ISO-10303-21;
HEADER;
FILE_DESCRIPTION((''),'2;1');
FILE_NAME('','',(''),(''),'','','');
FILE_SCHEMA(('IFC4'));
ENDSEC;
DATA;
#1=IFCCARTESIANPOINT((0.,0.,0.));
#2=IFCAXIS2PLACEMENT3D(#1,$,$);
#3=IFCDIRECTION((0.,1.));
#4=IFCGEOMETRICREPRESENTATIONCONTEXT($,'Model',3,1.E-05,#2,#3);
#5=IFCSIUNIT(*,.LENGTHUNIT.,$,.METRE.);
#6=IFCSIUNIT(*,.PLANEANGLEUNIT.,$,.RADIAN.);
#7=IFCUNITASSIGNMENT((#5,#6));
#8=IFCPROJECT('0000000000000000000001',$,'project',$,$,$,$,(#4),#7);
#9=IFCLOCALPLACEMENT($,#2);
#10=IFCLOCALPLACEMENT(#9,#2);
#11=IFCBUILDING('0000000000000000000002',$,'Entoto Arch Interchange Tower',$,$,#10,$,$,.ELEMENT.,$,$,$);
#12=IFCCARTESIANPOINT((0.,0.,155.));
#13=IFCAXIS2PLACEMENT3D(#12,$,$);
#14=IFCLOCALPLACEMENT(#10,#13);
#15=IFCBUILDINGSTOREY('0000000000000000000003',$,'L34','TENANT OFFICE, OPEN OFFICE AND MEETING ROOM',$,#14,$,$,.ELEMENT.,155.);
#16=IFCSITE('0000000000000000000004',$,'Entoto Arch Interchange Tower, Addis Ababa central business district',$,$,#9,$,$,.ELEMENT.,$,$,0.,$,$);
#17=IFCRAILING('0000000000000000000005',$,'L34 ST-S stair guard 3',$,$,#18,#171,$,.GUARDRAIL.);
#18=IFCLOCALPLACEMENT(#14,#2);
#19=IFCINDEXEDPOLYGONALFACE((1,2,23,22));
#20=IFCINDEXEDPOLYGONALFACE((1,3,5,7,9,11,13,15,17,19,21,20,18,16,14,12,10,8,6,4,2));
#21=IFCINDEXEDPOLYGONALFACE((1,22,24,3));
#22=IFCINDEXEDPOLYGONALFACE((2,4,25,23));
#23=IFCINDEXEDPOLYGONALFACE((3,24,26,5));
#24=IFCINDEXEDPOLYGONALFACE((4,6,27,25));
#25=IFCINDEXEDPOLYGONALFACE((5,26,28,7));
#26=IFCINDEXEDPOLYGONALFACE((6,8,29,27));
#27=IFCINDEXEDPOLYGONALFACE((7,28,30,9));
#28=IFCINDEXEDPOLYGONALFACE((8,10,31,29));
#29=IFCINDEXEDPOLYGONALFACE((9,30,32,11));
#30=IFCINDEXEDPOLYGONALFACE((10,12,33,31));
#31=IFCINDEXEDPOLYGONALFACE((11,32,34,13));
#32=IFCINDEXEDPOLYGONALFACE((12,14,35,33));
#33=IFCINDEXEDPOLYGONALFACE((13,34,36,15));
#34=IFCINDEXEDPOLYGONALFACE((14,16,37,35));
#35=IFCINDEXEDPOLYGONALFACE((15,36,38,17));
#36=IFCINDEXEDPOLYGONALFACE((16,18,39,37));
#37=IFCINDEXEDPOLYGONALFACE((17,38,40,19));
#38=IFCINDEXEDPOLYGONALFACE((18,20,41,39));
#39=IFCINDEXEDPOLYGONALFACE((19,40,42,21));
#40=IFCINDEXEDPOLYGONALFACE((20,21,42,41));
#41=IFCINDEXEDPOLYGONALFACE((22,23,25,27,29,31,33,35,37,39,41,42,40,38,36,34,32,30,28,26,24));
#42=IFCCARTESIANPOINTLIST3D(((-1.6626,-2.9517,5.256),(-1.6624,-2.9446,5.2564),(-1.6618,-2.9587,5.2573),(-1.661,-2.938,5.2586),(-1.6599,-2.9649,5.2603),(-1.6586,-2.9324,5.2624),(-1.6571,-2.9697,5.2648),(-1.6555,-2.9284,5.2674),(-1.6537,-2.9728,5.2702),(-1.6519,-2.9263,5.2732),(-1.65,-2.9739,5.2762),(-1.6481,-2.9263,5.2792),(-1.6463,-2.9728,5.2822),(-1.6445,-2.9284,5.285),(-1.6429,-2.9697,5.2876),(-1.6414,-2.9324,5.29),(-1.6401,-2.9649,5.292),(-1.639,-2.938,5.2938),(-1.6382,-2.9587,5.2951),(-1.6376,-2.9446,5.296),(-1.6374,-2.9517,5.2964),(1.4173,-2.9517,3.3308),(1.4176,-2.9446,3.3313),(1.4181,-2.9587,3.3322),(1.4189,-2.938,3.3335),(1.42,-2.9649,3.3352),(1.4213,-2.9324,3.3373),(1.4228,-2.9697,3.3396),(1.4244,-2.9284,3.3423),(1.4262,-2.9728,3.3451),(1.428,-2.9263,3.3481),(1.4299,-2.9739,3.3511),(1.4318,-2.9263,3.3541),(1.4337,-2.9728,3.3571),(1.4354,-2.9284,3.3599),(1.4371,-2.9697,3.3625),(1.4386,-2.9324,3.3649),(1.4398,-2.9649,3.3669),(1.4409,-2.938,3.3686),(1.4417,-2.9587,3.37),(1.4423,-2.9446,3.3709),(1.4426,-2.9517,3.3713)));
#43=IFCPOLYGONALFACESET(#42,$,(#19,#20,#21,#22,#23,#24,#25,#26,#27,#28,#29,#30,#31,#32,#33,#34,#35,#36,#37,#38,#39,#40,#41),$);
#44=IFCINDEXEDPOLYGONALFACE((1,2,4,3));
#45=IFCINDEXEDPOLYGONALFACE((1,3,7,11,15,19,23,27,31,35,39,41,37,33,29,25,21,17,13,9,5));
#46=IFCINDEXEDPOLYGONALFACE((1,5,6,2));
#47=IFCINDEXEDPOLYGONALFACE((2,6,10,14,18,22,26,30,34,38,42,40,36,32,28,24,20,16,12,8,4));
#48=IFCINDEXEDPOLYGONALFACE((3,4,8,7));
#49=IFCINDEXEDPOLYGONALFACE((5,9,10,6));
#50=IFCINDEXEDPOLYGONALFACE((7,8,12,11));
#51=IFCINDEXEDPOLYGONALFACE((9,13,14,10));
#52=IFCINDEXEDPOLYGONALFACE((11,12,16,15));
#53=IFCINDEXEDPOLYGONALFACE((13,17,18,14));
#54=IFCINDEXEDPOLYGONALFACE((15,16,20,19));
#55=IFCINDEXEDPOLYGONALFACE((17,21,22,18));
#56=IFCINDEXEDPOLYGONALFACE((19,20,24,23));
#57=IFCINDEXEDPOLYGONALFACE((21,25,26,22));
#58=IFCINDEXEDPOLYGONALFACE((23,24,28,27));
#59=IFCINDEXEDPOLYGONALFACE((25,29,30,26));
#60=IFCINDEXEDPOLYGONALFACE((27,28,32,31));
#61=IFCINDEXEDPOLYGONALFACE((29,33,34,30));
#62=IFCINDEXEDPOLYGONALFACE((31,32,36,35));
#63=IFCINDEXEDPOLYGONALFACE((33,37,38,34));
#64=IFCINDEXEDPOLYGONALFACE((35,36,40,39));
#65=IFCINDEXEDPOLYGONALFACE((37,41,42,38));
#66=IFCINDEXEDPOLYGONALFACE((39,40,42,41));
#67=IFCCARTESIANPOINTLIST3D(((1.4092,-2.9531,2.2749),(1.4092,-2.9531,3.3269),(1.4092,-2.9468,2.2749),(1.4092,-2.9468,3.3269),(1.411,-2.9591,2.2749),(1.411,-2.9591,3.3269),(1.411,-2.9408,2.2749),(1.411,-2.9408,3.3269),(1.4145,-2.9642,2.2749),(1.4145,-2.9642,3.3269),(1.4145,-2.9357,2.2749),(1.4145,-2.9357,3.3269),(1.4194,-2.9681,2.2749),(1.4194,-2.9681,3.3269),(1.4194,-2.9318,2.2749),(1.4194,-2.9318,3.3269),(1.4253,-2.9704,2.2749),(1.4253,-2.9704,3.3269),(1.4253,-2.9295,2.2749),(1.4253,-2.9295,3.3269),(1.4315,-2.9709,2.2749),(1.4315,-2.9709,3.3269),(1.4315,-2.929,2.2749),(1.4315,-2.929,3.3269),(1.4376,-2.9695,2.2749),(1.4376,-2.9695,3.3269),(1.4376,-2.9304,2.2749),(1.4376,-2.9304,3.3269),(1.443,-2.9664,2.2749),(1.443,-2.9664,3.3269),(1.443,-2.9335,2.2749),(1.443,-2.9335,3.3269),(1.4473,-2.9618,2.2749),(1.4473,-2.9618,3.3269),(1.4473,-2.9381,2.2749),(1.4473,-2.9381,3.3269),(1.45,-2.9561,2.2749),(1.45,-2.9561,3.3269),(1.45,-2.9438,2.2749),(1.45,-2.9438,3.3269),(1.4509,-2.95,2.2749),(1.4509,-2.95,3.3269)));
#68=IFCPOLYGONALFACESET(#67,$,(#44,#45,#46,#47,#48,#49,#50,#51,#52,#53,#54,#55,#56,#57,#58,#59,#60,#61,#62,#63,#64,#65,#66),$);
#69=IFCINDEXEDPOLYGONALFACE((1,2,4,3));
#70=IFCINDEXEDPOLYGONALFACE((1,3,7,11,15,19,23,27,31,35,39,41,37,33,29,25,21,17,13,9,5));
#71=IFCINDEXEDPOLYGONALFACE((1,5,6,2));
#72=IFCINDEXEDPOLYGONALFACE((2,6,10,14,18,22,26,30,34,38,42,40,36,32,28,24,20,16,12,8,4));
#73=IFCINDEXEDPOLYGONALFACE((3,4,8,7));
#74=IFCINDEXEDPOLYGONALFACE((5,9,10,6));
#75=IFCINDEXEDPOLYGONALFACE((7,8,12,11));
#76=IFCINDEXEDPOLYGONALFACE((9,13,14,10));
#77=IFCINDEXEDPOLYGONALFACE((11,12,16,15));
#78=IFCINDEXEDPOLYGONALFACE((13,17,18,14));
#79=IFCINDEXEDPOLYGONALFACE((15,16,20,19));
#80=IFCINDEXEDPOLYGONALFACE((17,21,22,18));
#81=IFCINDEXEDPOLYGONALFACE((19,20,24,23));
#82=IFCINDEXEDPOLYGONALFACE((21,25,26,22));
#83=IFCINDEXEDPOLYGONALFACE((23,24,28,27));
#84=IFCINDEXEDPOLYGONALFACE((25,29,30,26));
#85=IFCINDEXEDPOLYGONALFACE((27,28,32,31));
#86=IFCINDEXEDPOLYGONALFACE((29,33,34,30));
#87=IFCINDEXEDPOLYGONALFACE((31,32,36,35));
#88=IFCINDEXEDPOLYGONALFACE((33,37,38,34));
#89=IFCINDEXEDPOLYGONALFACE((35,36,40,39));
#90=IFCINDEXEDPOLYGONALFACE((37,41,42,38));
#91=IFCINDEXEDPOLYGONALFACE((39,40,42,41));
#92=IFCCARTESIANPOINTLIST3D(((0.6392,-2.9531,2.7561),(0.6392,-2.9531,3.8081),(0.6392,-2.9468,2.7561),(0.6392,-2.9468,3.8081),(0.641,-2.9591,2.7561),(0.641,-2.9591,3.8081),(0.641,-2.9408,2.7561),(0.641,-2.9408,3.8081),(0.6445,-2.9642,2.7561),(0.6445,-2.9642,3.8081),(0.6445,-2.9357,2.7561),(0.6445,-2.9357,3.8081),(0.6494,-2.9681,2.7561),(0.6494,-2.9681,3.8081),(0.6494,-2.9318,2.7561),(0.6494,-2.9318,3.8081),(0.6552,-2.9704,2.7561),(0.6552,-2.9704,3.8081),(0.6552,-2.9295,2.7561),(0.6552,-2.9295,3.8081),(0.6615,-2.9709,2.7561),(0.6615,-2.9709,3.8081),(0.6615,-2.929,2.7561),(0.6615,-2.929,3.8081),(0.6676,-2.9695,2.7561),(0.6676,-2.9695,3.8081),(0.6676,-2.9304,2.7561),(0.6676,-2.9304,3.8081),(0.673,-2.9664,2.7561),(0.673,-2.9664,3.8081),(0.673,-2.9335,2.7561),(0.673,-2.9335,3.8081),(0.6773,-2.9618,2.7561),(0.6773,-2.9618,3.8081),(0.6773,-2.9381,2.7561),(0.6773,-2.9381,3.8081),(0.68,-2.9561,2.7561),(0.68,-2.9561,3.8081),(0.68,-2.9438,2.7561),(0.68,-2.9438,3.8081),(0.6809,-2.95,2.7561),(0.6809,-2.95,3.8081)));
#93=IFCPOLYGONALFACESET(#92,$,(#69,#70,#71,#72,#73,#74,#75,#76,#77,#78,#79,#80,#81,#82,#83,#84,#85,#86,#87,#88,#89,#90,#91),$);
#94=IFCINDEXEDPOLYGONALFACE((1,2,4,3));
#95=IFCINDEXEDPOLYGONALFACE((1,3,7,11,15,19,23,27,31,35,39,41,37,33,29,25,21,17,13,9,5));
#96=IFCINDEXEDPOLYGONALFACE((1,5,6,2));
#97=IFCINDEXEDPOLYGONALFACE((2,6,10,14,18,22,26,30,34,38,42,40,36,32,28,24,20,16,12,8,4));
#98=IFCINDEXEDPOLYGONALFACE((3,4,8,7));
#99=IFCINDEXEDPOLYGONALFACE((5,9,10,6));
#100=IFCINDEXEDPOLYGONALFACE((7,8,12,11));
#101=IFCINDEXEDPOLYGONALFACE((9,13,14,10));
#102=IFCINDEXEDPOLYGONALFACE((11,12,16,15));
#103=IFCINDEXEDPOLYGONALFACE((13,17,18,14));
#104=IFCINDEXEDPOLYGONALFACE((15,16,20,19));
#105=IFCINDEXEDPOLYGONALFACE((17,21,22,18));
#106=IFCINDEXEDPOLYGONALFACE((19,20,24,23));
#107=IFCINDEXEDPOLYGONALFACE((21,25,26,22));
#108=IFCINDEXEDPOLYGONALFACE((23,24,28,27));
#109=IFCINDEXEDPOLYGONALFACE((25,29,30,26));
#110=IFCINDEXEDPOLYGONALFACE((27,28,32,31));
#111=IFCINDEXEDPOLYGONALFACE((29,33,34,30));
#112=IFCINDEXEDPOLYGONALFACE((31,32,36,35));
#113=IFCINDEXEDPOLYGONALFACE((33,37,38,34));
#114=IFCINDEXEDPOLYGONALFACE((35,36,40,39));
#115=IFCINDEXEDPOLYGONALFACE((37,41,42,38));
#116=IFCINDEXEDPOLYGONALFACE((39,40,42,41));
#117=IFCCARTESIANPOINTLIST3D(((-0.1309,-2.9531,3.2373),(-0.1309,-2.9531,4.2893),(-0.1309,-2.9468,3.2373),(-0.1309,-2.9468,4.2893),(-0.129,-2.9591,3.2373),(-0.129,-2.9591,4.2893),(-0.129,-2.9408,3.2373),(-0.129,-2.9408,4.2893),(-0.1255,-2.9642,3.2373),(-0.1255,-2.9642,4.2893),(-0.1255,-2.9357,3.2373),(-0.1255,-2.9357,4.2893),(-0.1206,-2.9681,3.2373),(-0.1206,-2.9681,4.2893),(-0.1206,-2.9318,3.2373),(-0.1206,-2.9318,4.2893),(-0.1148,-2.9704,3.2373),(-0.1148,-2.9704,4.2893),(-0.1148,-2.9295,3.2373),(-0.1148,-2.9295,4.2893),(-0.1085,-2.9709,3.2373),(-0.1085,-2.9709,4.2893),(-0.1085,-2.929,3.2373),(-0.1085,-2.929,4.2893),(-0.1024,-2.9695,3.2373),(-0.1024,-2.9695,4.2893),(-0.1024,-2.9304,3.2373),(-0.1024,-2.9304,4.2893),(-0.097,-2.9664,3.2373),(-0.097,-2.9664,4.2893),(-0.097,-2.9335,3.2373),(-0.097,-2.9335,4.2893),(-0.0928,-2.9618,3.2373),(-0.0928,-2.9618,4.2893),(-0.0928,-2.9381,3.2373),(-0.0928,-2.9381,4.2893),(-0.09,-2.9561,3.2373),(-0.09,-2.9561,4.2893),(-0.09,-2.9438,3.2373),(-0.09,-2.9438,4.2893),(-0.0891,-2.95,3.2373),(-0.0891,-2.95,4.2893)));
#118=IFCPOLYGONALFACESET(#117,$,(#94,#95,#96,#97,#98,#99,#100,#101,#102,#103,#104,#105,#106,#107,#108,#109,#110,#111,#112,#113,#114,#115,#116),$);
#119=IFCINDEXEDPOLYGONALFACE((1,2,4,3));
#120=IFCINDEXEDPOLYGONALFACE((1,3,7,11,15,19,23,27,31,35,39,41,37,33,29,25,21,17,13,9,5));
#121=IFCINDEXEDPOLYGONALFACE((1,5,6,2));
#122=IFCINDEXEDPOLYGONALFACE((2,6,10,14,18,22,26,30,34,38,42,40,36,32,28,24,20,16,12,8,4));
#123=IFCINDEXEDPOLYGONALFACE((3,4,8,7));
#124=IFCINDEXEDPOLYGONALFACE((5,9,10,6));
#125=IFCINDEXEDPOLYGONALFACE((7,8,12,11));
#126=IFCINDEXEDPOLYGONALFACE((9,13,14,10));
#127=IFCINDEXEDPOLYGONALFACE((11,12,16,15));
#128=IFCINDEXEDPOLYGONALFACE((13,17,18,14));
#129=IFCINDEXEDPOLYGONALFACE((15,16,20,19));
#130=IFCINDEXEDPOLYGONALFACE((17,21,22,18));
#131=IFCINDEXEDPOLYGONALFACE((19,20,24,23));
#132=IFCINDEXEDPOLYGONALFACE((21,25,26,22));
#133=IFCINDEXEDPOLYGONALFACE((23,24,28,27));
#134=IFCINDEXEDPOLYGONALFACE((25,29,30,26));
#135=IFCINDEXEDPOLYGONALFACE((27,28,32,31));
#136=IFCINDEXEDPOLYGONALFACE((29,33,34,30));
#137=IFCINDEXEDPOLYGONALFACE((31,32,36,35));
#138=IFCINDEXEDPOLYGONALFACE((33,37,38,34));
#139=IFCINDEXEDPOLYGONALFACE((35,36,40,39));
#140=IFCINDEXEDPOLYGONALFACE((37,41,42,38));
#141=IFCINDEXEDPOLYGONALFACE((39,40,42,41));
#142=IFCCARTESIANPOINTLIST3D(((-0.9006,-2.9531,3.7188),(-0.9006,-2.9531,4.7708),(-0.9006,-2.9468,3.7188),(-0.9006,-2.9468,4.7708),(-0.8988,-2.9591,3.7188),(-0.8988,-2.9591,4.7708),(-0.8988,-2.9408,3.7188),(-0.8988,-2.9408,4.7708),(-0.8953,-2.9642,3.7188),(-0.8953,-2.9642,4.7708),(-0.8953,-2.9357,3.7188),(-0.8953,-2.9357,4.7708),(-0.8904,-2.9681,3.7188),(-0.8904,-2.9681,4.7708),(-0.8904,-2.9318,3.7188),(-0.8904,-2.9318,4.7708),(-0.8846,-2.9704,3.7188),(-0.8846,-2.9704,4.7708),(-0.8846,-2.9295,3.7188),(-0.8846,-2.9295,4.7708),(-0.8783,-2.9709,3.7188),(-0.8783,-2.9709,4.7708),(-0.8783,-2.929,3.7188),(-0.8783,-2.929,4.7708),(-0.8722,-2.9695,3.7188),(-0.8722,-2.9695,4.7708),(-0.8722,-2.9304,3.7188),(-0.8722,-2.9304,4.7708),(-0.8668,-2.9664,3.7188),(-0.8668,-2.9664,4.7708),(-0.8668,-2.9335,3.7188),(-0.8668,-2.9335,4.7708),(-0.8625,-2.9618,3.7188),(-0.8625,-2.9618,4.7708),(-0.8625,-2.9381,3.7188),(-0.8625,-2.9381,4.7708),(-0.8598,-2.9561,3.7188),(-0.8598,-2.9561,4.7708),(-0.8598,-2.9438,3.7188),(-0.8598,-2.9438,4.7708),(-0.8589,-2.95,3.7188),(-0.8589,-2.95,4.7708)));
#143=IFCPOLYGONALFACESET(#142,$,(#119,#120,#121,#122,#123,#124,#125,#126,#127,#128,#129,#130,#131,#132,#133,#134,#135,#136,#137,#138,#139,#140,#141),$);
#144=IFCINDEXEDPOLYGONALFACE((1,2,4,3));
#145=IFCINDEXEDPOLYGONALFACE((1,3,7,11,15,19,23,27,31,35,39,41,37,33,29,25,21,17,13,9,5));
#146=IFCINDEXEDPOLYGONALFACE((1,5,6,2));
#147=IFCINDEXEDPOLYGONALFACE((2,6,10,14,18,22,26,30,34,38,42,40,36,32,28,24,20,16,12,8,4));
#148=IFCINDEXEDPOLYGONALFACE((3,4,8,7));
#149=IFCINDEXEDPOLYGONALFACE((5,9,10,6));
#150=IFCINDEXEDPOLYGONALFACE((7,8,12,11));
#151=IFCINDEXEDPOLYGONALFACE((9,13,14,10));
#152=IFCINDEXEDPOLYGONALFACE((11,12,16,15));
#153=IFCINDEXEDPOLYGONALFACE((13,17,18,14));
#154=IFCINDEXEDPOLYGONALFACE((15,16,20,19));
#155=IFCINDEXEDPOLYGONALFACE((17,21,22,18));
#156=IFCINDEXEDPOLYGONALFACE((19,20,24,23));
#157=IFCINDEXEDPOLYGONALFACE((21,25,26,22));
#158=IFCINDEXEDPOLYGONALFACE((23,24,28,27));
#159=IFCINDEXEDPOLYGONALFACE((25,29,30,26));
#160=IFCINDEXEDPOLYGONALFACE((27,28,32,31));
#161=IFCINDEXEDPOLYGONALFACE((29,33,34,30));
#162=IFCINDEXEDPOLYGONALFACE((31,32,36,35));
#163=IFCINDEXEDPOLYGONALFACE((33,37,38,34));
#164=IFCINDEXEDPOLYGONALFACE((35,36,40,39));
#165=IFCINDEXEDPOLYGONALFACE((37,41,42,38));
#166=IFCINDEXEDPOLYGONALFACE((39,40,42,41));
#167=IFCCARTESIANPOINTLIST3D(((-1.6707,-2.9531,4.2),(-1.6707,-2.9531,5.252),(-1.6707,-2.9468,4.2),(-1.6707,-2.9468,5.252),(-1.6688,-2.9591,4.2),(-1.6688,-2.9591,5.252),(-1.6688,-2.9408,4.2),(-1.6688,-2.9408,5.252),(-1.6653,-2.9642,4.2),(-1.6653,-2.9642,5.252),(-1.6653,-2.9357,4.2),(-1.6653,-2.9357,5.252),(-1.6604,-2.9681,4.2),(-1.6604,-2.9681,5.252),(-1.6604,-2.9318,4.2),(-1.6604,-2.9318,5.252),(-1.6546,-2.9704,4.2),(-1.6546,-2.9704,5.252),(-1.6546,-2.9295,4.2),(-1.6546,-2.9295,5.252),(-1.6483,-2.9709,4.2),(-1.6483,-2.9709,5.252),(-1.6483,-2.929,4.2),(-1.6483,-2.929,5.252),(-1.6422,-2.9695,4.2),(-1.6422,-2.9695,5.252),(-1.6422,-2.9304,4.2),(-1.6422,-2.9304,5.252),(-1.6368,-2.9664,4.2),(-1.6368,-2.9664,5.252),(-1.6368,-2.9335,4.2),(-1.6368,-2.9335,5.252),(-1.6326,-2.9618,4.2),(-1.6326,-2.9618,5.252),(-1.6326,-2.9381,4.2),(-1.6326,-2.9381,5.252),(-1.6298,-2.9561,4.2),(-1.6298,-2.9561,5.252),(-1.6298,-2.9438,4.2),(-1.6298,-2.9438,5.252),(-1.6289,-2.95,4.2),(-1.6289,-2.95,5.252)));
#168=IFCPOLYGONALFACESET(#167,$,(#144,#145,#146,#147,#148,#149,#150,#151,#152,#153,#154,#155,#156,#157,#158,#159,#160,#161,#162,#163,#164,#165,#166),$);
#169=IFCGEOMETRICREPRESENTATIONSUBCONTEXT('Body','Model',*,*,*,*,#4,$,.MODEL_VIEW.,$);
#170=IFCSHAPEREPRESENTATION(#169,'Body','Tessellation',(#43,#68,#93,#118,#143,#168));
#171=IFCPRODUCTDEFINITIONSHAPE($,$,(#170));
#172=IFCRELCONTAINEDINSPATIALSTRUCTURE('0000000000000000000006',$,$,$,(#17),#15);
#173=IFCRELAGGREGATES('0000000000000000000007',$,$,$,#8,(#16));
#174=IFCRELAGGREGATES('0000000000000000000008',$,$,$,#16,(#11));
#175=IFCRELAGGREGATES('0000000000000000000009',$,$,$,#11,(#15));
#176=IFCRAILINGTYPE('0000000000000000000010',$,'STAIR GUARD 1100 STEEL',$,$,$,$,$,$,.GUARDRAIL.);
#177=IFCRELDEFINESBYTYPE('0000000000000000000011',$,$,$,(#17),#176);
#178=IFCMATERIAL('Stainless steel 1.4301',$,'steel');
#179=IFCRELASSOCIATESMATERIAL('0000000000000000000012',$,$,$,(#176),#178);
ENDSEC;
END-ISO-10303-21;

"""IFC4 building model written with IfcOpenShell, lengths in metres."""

from ifc_helpers import new_model, si_unit, direction, frame, origin, origin_2d, place, context, subcontext, project, spatial, circle, extrude, material, type_object, element, save


model = new_model("IFC4")

# Units and contexts
model_context = context("Model", 3, precision=1e-05, world=origin(), true_north=direction((0.0, 1.0)))
body_context = subcontext(model_context, "Body", "Model", "MODEL_VIEW")
ifc_project = project(units=[si_unit("LENGTHUNIT", "METRE"), si_unit("PLANEANGLEUNIT", "RADIAN")], contexts=[model_context])

# Site, building, storey
site_placement = place(None, origin())
site = spatial("IfcSite", under=ifc_project, at=site_placement, Name="Entoto Arch Interchange Tower, Addis Ababa central business district", CompositionType="ELEMENT", RefElevation=0.0)
building_placement = place(site_placement, origin())
building = spatial("IfcBuilding", under=site, at=building_placement, Name="Entoto Arch Interchange Tower", CompositionType="ELEMENT")
storey_placement = place(building_placement, frame((0.0, 0.0, 155.0)))
storey = spatial("IfcBuildingStorey", under=building, at=storey_placement, Name="L34", Description="TENANT OFFICE, OPEN OFFICE AND MEETING ROOM", CompositionType="ELEMENT", Elevation=155.0)

# Railing
ifc_material_1 = material(Name="Stainless steel 1.4301", Category="steel")
railing_type_1 = type_object("IfcRailingType", Name="STAIR GUARD 1100 STEEL", PredefinedType="GUARDRAIL", material=ifc_material_1)
railing_1_placement = place(storey_placement, frame((1.4299, -2.95, 2.2749)))
element("IfcRailing", 1, at=railing_1_placement, inside=storey, type_object=railing_type_1, Name="L34 ST-S stair guard 3", PredefinedType="GUARDRAIL", context=body_context, shape_type="SweptSolid", body=[
    extrude(circle(Radius=0.0239, at=origin_2d()), frame((0.0, 0.0, 1.0762), z_axis=(-0.847979, 0.0, 0.530029), x_axis=(0.0, -1.0, 0.0)), (0.0, 0.0, 1.0), 3.6321),
    extrude(circle(Radius=0.021, at=origin_2d()), origin(), (0.0, 0.0, 1.0), 1.052),
    extrude(circle(Radius=0.021, at=origin_2d()), frame((-0.77, 0.0, 0.4812)), (0.0, 0.0, 1.0), 1.052),
    extrude(circle(Radius=0.021, at=origin_2d()), frame((-1.54, 0.0, 0.9624)), (0.0, 0.0, 1.0), 1.052),
    extrude(circle(Radius=0.021, at=origin_2d()), frame((-2.3098, 0.0, 1.4438)), (0.0, 0.0, 1.0), 1.052),
    extrude(circle(Radius=0.021, at=origin_2d()), frame((-3.0798, 0.0, 1.925)), (0.0, 0.0, 1.0), 1.052),
])

save(model, "model.ifc")
